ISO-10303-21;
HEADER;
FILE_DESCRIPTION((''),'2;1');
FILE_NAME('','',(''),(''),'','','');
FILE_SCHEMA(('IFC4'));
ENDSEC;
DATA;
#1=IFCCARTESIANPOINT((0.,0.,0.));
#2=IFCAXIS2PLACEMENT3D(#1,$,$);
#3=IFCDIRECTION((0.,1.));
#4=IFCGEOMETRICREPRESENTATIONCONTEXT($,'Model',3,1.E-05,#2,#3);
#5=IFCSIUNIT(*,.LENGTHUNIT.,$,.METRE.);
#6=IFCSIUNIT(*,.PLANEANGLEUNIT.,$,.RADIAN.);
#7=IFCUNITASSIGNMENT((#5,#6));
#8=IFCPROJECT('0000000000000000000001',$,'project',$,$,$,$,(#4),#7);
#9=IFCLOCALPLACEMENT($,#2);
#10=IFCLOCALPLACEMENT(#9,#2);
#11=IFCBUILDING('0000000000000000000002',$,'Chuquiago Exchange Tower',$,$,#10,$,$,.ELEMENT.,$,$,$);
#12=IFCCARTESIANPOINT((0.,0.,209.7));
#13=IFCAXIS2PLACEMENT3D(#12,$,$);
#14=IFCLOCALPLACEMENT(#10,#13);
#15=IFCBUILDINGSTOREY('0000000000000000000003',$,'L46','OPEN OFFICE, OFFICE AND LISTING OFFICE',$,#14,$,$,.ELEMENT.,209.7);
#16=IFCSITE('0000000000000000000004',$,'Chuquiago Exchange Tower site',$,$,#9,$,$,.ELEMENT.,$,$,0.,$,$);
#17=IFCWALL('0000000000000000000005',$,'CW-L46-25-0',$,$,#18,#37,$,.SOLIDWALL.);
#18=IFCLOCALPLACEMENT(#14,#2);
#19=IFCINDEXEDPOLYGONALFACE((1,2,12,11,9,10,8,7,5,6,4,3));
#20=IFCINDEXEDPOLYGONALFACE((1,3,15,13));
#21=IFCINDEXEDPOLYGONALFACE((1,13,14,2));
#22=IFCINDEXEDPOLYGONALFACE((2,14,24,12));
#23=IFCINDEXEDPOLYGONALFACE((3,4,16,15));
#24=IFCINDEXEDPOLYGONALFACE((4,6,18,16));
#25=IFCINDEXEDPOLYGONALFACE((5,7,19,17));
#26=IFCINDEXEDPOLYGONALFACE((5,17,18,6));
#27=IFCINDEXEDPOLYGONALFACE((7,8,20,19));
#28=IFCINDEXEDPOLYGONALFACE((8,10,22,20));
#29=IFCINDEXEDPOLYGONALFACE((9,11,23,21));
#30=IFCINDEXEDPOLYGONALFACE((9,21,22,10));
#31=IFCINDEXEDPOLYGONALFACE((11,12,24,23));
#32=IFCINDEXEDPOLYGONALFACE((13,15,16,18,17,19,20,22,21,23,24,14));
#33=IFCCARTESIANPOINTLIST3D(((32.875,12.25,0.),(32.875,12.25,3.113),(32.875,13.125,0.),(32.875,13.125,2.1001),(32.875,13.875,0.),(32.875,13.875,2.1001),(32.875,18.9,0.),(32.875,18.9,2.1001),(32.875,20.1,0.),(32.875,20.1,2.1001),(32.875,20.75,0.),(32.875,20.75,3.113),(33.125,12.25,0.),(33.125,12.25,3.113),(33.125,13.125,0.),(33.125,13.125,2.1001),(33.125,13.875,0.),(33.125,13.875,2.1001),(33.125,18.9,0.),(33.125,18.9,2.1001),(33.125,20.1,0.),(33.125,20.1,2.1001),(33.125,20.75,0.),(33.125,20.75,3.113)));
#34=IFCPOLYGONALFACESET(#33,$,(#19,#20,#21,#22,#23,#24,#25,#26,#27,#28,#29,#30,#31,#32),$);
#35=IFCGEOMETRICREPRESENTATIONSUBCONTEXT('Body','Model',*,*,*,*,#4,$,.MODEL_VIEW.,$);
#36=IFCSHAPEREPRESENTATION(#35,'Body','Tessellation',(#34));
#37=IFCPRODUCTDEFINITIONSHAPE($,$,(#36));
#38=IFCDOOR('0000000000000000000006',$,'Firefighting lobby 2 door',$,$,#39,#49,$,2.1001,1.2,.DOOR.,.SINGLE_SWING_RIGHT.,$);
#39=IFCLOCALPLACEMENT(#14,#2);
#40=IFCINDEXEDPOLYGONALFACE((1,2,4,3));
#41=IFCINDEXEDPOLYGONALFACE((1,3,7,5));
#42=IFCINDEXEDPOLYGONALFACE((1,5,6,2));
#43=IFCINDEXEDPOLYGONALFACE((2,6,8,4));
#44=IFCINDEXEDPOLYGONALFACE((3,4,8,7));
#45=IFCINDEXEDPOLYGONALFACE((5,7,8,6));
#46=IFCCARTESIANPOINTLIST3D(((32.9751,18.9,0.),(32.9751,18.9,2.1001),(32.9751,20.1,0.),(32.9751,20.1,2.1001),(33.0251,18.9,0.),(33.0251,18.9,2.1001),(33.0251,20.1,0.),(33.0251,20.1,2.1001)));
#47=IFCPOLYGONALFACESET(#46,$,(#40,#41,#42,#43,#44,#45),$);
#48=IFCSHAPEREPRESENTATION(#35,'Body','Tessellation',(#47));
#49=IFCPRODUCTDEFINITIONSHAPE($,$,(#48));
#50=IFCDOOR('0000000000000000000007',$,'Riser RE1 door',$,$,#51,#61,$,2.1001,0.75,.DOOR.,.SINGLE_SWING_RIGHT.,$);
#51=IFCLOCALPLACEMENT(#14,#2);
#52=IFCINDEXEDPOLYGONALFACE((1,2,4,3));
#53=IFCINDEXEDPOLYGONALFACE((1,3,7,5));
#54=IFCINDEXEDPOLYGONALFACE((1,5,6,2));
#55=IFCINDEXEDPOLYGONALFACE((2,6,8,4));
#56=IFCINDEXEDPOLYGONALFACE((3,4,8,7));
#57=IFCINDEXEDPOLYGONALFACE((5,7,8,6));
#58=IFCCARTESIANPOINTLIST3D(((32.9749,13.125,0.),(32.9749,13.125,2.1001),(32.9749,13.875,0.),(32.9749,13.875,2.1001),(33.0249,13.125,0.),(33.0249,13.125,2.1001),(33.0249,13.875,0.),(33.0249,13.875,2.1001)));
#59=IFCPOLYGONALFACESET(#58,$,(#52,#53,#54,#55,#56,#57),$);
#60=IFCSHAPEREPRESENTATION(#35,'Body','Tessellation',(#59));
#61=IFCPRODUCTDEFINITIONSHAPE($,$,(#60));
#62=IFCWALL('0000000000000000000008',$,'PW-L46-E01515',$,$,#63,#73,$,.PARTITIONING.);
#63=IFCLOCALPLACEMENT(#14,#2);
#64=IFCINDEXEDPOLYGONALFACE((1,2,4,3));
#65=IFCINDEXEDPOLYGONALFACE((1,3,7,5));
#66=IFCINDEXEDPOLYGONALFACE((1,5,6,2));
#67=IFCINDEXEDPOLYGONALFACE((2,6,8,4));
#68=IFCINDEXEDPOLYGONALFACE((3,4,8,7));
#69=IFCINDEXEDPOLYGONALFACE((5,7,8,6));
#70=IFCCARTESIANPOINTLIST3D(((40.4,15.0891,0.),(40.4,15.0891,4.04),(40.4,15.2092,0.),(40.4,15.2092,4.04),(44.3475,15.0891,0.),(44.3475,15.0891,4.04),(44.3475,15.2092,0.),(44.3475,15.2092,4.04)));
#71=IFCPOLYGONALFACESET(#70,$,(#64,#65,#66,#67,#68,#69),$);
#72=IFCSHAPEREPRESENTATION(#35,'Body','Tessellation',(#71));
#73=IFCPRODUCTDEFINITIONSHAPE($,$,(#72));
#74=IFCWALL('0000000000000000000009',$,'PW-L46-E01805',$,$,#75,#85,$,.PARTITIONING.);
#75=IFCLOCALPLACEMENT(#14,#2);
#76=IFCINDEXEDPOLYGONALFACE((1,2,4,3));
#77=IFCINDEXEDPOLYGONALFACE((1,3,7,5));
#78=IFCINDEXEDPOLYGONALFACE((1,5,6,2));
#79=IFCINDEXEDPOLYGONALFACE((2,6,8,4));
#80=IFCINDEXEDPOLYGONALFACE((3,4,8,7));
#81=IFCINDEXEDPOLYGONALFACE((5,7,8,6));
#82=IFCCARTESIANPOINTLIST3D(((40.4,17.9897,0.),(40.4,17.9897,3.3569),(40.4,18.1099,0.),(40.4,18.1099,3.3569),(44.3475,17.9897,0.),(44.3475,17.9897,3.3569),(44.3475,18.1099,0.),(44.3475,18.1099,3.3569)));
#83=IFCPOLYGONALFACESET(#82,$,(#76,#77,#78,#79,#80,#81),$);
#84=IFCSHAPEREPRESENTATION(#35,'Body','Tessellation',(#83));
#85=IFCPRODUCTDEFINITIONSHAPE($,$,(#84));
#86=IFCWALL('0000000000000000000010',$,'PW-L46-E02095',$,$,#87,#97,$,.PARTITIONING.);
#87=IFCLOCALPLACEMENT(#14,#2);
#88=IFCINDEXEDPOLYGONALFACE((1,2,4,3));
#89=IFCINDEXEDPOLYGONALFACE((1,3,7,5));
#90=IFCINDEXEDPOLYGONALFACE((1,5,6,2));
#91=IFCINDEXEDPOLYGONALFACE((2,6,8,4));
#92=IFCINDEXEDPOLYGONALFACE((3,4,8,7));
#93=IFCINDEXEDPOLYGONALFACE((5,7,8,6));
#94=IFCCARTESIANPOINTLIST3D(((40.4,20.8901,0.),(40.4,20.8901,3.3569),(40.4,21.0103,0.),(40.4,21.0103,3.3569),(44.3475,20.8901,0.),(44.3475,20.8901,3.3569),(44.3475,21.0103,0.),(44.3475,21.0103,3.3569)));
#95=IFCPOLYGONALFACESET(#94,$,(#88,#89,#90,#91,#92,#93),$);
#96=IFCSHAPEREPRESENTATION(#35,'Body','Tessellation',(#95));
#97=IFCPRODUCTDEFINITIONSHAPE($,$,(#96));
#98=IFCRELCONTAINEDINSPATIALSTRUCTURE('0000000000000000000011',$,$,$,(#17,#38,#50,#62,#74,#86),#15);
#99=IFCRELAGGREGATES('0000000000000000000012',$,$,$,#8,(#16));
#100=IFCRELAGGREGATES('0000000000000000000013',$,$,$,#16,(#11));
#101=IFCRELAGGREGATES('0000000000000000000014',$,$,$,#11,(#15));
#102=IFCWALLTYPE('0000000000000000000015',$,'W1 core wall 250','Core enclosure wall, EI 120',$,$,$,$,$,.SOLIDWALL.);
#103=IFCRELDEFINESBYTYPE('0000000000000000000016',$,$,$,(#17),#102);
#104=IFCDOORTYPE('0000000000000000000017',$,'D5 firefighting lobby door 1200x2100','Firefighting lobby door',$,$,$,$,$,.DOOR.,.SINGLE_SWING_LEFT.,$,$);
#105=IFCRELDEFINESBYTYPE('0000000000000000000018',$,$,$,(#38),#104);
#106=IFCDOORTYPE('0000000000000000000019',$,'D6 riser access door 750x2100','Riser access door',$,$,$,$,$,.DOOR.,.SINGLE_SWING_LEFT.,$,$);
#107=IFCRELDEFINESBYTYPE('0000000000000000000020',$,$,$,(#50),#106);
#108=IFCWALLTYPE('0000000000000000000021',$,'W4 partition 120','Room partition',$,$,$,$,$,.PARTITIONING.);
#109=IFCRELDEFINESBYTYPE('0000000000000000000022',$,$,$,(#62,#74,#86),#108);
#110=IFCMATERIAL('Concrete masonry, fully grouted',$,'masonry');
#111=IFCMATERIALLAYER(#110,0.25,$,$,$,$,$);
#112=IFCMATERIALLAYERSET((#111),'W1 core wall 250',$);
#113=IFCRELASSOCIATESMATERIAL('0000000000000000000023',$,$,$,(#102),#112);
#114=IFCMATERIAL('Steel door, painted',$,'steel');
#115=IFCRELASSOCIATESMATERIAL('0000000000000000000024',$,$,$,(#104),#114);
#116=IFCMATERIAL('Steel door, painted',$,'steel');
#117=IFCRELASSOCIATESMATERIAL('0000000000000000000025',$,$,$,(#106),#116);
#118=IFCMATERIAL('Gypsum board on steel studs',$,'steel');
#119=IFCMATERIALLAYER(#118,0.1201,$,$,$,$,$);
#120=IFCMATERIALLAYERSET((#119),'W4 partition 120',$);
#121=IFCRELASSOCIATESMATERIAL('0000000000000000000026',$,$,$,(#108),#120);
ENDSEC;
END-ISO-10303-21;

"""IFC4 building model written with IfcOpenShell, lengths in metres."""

from ifc_helpers import new_model, si_unit, direction, frame, frame_2d, origin, place, context, subcontext, project, spatial, rectangle, extrude, material, layer, layer_set, type_object, element, fill, save


model = new_model("IFC4")

# Units and contexts
model_context = context("Model", 3, precision=1e-05, world=origin(), true_north=direction((0.0, 1.0)))
body_context = subcontext(model_context, "Body", "Model", "MODEL_VIEW")
ifc_project = project(units=[si_unit("LENGTHUNIT", "METRE"), si_unit("PLANEANGLEUNIT", "RADIAN")], contexts=[model_context])

# Site, building, storey
site_placement = place(None, origin())
site = spatial("IfcSite", under=ifc_project, at=site_placement, Name="Chuquiago Exchange Tower site", CompositionType="ELEMENT", RefElevation=0.0)
building_placement = place(site_placement, origin())
building = spatial("IfcBuilding", under=site, at=building_placement, Name="Chuquiago Exchange Tower", CompositionType="ELEMENT")
storey_placement = place(building_placement, frame((0.0, 0.0, 209.7)))
storey = spatial("IfcBuildingStorey", under=building, at=storey_placement, Name="L46", Description="OPEN OFFICE, OFFICE AND LISTING OFFICE", CompositionType="ELEMENT", Elevation=209.7)

# Wall, openings, doors
ifc_material_1 = material(Name="Concrete masonry, fully grouted", Category="masonry")
ifc_layer_1 = layer(ifc_material_1, 0.25)
ifc_layer_set_1 = layer_set([ifc_layer_1], Name="W1 core wall 250")
wall_type_1 = type_object("IfcWallType", Name="W1 core wall 250", Description="Core enclosure wall, EI 120", PredefinedType="SOLIDWALL", material=ifc_layer_set_1)
wall_1_placement = place(storey_placement, frame((33.0, 12.25, 0.0), z_axis=(0.0, 0.0, 1.0), x_axis=(0.0, 1.0, 0.0)))
wall_1 = element("IfcWall", 1, at=wall_1_placement, inside=storey, type_object=wall_type_1, Name="CW-L46-25-0", PredefinedType="SOLIDWALL", context=body_context, shape_type="SweptSolid", body=[
    extrude(rectangle(XDim=8.5, YDim=0.25, at=frame_2d((4.25, 0.0))), origin(), (0.0, 0.0, 1.0), 3.113),
])
opening_1_placement = place(wall_1_placement, frame((6.6499, 0.0, 0.0)))
opening_1 = element("IfcOpeningElement", 2, at=opening_1_placement, cuts=wall_1, PredefinedType="OPENING", context=body_context, shape_type="SweptSolid", body=[
    extrude(rectangle(XDim=1.2, YDim=2.1001, at=frame_2d((0.6001, 1.05))), frame((0.0, 0.135, 0.0), z_axis=(0.0, -1.0, 0.0), x_axis=(1.0, 0.0, 0.0)), (0.0, 0.0, 1.0), 0.27),
])
opening_2_placement = place(wall_1_placement, frame((0.875, 0.0, 0.0)))
opening_2 = element("IfcOpeningElement", 3, at=opening_2_placement, cuts=wall_1, PredefinedType="OPENING", context=body_context, shape_type="SweptSolid", body=[
    extrude(rectangle(XDim=0.75, YDim=2.1001, at=frame_2d((0.375, 1.05))), frame((0.0, 0.135, 0.0), z_axis=(0.0, -1.0, 0.0), x_axis=(1.0, 0.0, 0.0)), (0.0, 0.0, 1.0), 0.27),
])
ifc_material_2 = material(Name="Steel door, painted", Category="steel")
door_type_1 = type_object("IfcDoorType", Name="D5 firefighting lobby door 1200x2100", Description="Firefighting lobby door", OperationType="SINGLE_SWING_LEFT", PredefinedType="DOOR", material=ifc_material_2)
door_1_placement = place(opening_1_placement, origin())
door_1 = element("IfcDoor", 4, at=door_1_placement, inside=storey, type_object=door_type_1, Name="Firefighting lobby 2 door", OperationType="SINGLE_SWING_RIGHT", OverallHeight=2.1001, OverallWidth=1.2, PredefinedType="DOOR", context=body_context, shape_type="SweptSolid", body=[
    extrude(rectangle(XDim=1.2, YDim=2.1001, at=frame_2d((0.6001, 1.05))), frame((0.0, 0.0249, 0.0), z_axis=(0.0, -1.0, 0.0), x_axis=(1.0, 0.0, 0.0)), (0.0, 0.0, 1.0), 0.05),
])
fill(opening_1, door_1)
ifc_material_3 = material(Name="Steel door, painted", Category="steel")
door_type_2 = type_object("IfcDoorType", Name="D6 riser access door 750x2100", Description="Riser access door", OperationType="SINGLE_SWING_LEFT", PredefinedType="DOOR", material=ifc_material_3)
door_2_placement = place(opening_2_placement, frame((0.75, 0.0, 0.0), z_axis=(0.0, 0.0, 1.0), x_axis=(-1.0, 0.0, 0.0)))
door_2 = element("IfcDoor", 5, at=door_2_placement, inside=storey, type_object=door_type_2, Name="Riser RE1 door", OperationType="SINGLE_SWING_RIGHT", OverallHeight=2.1001, OverallWidth=0.75, PredefinedType="DOOR", context=body_context, shape_type="SweptSolid", body=[
    extrude(rectangle(XDim=0.75, YDim=2.1001, at=frame_2d((0.375, 1.05))), frame((0.0, 0.0249, 0.0), z_axis=(0.0, -1.0, 0.0), x_axis=(1.0, 0.0, 0.0)), (0.0, 0.0, 1.0), 0.05),
])
fill(opening_2, door_2)

# Walls
ifc_material_4 = material(Name="Gypsum board on steel studs", Category="steel")
ifc_layer_2 = layer(ifc_material_4, 0.1201)
ifc_layer_set_2 = layer_set([ifc_layer_2], Name="W4 partition 120")
wall_type_2 = type_object("IfcWallType", Name="W4 partition 120", Description="Room partition", PredefinedType="PARTITIONING", material=ifc_layer_set_2)
wall_2_placement = place(storey_placement, frame((44.3474, 15.1492, 0.0), z_axis=(0.0, 0.0, 1.0), x_axis=(-1.0, 0.0, 0.0)))
element("IfcWall", 6, at=wall_2_placement, inside=storey, type_object=wall_type_2, Name="PW-L46-E01515", PredefinedType="PARTITIONING", context=body_context, shape_type="SweptSolid", body=[
    extrude(rectangle(XDim=3.9475, YDim=0.1201, at=frame_2d((1.9736, 0.0))), origin(), (0.0, 0.0, 1.0), 4.04),
])
for number, where, z_axis, x_axis, name in (
    (7, (44.3474, 18.0498, 0.0), (0.0, 0.0, 1.0), (-1.0, 0.0, 0.0), "PW-L46-E01805"),
    (8, (44.3474, 20.9502, 0.0), (0.0, 0.0, 1.0), (-1.0, 0.0, 0.0), "PW-L46-E02095"),
):
    element("IfcWall", number, at=place(storey_placement, frame(where, z_axis=z_axis, x_axis=x_axis)), inside=storey, type_object=wall_type_2, Name=name, PredefinedType="PARTITIONING", context=body_context, shape_type="SweptSolid", body=[
        extrude(rectangle(XDim=3.9475, YDim=0.1201, at=frame_2d((1.9736, 0.0))), origin(), (0.0, 0.0, 1.0), 3.3569),
    ])

save(model, "model.ifc")
